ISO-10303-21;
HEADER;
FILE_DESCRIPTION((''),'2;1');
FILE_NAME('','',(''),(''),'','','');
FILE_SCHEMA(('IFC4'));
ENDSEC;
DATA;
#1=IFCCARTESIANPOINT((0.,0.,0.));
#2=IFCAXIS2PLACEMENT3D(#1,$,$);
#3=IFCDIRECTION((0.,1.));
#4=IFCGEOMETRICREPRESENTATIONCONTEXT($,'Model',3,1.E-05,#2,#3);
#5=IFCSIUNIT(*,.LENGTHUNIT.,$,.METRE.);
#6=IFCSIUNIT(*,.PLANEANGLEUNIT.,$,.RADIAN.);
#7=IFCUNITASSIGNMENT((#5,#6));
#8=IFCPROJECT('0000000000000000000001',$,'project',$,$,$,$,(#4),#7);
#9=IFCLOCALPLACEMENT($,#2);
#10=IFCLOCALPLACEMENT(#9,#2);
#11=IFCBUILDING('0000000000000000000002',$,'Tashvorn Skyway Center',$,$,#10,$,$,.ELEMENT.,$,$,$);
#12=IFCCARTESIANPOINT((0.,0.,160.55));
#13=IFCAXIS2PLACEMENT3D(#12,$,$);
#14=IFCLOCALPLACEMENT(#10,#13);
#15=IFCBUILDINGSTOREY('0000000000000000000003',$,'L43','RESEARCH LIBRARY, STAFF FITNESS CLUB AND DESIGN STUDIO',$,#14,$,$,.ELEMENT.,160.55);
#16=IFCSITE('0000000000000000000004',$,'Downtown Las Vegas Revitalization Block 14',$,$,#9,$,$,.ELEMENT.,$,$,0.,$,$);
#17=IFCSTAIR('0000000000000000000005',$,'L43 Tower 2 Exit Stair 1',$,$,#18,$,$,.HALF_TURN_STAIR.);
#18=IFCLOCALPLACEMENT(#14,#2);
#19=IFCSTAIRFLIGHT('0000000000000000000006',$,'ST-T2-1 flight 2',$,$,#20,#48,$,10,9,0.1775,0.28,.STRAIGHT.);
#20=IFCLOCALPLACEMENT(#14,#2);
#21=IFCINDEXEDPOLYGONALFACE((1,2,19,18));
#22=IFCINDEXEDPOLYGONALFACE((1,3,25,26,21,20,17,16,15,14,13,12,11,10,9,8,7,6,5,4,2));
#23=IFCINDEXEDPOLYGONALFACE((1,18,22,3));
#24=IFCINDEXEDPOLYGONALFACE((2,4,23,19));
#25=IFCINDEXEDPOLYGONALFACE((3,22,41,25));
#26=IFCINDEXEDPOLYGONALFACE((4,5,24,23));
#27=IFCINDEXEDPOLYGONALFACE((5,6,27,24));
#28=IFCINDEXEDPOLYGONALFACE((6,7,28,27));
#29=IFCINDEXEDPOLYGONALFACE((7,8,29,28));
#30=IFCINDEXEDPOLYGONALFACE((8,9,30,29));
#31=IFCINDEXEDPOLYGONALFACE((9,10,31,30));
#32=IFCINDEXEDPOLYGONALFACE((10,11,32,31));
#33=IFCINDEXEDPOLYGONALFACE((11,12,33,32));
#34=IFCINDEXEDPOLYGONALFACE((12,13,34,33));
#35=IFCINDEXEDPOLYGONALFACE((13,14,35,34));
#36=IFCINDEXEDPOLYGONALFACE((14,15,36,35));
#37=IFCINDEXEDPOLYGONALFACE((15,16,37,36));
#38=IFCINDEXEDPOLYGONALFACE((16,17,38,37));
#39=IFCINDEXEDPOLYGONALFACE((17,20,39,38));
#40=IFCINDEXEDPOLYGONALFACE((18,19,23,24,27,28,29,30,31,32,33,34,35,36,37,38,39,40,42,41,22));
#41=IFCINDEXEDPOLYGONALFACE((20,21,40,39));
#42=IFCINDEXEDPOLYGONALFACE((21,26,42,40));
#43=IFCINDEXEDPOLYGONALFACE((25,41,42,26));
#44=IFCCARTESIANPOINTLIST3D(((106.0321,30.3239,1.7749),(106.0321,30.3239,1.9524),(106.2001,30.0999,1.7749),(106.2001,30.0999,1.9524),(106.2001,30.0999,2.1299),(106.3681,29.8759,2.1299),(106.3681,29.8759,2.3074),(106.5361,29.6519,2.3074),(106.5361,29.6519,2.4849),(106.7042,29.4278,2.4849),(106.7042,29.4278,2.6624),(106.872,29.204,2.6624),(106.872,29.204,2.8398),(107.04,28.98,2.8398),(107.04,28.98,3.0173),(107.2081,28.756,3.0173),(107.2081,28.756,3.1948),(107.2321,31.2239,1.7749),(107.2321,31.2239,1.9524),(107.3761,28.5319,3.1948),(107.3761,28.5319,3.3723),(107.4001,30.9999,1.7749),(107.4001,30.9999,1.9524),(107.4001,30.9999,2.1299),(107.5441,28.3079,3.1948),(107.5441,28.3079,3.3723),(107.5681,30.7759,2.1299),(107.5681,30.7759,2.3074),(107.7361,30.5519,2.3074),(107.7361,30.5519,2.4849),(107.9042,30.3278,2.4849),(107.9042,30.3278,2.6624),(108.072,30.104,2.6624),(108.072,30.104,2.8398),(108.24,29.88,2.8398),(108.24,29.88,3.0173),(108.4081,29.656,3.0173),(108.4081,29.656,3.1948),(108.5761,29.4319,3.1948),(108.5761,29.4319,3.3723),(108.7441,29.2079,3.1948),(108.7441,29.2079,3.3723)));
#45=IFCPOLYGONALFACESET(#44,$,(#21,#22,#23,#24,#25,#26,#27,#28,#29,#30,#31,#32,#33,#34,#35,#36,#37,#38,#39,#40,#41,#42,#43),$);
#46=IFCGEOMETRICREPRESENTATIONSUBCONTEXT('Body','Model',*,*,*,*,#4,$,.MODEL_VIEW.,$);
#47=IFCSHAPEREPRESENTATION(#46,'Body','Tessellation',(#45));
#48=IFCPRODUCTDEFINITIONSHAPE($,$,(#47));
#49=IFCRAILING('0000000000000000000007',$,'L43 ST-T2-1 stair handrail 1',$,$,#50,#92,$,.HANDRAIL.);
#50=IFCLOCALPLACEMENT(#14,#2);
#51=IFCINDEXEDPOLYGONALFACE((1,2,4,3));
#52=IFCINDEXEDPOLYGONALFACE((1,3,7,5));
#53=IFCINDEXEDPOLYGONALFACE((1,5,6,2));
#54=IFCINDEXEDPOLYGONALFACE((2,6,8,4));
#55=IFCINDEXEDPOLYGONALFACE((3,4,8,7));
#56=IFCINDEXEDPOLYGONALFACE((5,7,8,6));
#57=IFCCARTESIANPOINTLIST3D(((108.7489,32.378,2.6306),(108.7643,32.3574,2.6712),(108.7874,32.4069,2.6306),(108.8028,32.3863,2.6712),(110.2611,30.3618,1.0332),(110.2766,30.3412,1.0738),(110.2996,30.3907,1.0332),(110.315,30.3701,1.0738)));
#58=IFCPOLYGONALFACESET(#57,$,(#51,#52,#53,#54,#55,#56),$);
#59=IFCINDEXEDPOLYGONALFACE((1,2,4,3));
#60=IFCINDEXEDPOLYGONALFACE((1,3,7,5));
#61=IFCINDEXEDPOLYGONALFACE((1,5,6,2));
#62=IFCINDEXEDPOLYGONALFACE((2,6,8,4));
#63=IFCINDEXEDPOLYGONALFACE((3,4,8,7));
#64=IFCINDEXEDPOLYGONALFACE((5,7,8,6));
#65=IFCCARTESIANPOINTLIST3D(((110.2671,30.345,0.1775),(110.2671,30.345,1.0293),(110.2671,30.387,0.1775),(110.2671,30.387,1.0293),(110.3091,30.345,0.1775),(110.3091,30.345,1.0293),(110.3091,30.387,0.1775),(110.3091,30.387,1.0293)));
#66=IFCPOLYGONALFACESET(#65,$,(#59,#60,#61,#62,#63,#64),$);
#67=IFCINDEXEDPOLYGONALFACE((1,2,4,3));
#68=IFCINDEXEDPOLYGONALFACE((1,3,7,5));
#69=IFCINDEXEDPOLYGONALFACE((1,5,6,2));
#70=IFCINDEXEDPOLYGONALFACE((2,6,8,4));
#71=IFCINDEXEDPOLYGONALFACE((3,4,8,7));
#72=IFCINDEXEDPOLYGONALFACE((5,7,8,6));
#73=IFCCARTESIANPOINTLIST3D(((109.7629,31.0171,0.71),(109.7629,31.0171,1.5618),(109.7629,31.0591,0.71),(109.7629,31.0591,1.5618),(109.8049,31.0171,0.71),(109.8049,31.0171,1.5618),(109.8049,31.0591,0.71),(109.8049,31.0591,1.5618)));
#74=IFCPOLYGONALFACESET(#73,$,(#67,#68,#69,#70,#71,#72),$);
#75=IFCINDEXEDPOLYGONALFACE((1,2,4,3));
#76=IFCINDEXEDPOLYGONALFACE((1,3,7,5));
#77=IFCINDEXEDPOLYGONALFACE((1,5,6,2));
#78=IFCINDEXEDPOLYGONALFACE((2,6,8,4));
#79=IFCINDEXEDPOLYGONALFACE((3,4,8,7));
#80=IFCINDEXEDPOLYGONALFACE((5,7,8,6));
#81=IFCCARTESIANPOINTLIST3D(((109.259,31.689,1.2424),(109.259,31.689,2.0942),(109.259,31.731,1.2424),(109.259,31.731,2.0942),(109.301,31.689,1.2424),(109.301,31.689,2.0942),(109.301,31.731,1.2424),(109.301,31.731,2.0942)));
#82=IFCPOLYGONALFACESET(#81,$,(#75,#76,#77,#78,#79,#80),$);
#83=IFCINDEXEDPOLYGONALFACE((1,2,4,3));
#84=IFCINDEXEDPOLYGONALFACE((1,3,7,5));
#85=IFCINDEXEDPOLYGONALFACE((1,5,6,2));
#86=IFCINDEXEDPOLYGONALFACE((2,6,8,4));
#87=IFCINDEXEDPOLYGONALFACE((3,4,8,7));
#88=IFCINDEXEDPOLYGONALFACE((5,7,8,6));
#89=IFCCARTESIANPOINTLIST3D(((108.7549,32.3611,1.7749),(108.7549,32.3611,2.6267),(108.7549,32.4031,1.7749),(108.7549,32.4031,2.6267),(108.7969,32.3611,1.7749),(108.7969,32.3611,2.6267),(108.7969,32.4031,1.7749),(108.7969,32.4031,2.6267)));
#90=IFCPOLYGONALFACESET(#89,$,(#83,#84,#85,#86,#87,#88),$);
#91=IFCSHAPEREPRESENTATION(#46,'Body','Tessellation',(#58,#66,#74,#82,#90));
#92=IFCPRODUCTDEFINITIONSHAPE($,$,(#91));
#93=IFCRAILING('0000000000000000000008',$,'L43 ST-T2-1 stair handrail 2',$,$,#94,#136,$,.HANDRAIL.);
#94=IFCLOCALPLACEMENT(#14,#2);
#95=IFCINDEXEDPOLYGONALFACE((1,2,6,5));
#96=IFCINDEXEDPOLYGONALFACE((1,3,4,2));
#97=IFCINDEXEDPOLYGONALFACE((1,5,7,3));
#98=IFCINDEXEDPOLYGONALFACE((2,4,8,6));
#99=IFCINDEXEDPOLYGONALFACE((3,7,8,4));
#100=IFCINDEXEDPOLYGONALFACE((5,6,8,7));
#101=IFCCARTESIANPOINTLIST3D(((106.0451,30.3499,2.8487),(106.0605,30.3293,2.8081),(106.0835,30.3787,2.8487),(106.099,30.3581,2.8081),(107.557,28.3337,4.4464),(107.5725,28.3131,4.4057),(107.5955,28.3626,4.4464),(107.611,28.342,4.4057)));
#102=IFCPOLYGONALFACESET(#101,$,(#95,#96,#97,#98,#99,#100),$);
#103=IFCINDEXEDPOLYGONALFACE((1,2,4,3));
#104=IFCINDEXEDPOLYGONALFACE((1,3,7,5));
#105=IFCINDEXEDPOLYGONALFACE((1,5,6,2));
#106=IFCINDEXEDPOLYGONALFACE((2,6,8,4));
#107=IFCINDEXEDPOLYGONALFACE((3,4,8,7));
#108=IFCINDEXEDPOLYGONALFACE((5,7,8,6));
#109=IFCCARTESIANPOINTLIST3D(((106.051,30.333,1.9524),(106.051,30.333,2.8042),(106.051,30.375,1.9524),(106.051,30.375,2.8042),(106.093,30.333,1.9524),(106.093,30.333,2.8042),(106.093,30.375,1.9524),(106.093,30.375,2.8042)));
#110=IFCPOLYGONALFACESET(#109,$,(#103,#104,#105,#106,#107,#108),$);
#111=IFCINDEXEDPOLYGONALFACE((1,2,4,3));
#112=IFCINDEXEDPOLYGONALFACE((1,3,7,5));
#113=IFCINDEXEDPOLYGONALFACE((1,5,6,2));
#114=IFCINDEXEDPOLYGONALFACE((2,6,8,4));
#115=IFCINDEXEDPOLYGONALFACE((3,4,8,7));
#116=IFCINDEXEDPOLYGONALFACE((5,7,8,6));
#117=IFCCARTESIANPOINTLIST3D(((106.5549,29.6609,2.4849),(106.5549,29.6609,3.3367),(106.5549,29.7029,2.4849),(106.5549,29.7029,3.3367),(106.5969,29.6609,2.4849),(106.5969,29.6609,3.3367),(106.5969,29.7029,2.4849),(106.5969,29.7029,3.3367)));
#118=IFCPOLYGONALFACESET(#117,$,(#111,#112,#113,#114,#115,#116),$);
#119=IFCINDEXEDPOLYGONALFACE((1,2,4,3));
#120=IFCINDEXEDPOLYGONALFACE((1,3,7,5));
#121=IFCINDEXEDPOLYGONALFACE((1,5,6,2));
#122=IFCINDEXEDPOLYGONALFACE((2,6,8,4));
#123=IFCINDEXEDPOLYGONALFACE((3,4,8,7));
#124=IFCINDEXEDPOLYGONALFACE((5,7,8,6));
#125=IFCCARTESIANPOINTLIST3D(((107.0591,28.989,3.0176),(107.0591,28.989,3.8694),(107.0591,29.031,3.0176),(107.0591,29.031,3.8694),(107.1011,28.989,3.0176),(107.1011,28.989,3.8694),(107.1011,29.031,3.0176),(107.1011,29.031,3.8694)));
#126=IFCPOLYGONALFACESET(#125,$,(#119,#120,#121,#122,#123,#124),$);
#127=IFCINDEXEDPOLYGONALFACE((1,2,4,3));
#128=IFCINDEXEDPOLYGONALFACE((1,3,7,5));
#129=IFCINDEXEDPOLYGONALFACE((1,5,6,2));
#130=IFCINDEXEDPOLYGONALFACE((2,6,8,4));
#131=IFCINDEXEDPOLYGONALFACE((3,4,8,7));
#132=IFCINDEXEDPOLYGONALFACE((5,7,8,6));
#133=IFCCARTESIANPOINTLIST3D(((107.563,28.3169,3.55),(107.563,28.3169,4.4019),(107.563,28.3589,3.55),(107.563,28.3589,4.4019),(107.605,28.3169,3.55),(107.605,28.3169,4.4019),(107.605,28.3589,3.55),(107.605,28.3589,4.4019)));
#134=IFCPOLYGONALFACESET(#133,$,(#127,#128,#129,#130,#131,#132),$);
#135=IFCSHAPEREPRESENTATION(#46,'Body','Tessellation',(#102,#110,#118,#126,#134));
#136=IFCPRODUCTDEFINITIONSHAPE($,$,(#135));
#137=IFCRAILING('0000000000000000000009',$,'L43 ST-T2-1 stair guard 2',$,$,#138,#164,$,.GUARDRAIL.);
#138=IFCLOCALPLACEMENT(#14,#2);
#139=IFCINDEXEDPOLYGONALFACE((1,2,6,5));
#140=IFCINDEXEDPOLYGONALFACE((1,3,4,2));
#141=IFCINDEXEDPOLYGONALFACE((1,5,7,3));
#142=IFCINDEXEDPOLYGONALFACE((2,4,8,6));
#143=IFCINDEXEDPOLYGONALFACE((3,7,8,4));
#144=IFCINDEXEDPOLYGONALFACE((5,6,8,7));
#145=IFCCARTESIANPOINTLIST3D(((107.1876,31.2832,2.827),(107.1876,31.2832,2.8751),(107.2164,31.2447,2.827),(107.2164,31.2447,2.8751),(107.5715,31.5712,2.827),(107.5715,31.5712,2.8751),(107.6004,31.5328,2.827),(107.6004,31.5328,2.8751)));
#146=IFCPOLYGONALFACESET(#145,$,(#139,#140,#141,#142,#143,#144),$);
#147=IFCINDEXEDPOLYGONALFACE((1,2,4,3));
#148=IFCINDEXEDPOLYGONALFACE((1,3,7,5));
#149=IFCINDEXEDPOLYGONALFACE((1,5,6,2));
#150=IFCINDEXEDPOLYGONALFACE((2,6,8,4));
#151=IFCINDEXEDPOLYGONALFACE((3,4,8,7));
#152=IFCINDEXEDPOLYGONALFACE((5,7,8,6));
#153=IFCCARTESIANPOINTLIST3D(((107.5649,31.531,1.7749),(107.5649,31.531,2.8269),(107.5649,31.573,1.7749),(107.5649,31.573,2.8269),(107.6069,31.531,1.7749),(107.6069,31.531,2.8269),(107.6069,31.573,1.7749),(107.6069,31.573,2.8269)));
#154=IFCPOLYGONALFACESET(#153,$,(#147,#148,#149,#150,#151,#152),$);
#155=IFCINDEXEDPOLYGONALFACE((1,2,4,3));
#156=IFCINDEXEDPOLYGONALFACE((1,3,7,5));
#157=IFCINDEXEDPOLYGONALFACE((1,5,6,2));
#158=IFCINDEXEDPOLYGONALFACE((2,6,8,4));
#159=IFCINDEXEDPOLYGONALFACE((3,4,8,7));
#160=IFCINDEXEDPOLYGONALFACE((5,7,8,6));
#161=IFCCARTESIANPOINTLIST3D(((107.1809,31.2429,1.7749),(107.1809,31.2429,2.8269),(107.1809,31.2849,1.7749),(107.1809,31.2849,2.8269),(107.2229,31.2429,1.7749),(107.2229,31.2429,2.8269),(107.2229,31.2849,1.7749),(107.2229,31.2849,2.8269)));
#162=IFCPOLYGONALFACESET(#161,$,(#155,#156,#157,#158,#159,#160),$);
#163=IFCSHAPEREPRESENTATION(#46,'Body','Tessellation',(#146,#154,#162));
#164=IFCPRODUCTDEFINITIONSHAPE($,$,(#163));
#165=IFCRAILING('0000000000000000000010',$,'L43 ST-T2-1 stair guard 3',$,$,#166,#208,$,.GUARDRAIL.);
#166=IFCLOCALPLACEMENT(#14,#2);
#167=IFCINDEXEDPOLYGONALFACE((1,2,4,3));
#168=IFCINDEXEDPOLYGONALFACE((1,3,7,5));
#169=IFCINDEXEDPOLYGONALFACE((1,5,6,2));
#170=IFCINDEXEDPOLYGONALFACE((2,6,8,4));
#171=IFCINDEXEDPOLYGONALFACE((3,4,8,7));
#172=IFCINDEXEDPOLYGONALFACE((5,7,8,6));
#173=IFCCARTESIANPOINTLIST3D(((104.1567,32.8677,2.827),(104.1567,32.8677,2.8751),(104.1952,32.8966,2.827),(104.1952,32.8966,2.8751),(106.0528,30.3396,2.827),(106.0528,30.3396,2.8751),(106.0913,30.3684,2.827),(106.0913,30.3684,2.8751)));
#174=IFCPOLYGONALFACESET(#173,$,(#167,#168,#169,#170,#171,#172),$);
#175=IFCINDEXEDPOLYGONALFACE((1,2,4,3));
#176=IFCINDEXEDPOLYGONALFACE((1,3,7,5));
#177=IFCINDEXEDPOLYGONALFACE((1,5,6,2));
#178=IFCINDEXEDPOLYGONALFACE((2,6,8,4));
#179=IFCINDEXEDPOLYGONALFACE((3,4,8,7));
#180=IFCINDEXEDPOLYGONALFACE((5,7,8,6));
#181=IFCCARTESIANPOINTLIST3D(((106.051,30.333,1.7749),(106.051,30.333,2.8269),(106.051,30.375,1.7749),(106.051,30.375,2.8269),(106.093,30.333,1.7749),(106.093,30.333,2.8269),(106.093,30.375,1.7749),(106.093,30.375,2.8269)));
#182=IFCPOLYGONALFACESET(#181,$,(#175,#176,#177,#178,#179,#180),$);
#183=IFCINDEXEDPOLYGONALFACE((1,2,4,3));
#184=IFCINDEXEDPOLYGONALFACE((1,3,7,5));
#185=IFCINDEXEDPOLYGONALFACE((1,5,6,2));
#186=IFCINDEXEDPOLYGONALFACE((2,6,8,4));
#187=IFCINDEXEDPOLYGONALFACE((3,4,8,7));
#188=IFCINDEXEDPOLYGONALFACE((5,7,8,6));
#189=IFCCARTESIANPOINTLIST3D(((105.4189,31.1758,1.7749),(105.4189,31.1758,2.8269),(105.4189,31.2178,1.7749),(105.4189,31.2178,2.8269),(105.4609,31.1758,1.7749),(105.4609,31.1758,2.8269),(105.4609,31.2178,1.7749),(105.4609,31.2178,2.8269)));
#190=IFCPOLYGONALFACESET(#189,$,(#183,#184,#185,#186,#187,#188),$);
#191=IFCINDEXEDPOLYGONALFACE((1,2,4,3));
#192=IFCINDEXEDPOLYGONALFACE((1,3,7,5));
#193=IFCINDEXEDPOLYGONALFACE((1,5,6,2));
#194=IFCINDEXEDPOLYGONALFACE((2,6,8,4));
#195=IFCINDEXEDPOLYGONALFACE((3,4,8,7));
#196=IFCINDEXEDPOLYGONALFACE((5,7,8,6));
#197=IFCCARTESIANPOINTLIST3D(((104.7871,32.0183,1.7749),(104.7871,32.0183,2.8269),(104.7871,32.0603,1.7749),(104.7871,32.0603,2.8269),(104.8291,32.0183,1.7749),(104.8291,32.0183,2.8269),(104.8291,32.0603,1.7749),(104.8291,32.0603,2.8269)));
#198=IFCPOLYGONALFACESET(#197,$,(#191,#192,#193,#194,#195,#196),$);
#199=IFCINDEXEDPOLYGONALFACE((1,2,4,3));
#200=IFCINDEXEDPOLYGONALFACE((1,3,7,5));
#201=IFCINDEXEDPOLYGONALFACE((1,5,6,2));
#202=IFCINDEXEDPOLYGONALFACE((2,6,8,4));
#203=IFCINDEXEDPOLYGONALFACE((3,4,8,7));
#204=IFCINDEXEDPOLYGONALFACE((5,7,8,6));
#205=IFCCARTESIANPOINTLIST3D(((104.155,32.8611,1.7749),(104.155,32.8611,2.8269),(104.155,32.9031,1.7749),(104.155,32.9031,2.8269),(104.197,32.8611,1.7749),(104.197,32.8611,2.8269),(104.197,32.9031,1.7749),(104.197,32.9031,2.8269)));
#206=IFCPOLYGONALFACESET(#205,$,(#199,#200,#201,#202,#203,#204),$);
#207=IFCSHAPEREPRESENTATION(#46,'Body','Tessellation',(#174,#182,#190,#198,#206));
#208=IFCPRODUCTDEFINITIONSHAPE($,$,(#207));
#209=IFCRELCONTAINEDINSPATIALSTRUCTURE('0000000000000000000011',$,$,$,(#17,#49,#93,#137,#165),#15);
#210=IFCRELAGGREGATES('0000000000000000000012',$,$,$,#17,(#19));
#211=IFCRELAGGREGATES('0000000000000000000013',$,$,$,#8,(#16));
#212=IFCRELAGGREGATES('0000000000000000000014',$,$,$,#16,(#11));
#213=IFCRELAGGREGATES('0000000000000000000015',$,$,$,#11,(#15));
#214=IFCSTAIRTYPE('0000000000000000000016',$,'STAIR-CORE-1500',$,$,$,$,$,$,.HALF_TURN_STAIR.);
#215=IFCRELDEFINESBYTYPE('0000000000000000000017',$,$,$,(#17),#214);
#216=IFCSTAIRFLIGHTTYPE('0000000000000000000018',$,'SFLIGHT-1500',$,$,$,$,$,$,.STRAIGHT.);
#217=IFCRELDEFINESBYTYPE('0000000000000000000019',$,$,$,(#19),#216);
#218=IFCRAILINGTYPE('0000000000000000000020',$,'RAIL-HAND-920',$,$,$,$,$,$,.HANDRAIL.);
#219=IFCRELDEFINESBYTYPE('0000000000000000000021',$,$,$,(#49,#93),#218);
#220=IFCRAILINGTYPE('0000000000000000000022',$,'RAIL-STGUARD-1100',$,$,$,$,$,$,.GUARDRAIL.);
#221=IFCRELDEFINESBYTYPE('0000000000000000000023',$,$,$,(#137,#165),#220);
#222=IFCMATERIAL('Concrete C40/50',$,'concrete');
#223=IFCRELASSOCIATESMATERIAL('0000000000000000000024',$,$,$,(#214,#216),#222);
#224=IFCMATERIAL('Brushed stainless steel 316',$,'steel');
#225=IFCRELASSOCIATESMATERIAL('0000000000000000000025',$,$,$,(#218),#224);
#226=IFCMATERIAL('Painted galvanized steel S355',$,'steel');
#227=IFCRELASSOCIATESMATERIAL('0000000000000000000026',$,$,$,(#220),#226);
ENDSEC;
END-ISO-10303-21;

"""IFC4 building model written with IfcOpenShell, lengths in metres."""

from ifc_helpers import new_model, si_unit, direction, frame, origin, origin_2d, place, context, subcontext, project, spatial, polyline, rectangle, outline, extrude, material, type_object, element, aggregate, save


model = new_model("IFC4")

# Units and contexts
model_context = context("Model", 3, precision=1e-05, world=origin(), true_north=direction((0.0, 1.0)))
body_context = subcontext(model_context, "Body", "Model", "MODEL_VIEW")
ifc_project = project(units=[si_unit("LENGTHUNIT", "METRE"), si_unit("PLANEANGLEUNIT", "RADIAN")], contexts=[model_context])

# Site, building, storey
site_placement = place(None, origin())
site = spatial("IfcSite", under=ifc_project, at=site_placement, Name="Downtown Las Vegas Revitalization Block 14", CompositionType="ELEMENT", RefElevation=0.0)
building_placement = place(site_placement, origin())
building = spatial("IfcBuilding", under=site, at=building_placement, Name="Tashvorn Skyway Center", CompositionType="ELEMENT")
storey_placement = place(building_placement, frame((0.0, 0.0, 160.55)))
storey = spatial("IfcBuildingStorey", under=building, at=storey_placement, Name="L43", Description="RESEARCH LIBRARY, STAFF FITNESS CLUB AND DESIGN STUDIO", CompositionType="ELEMENT", Elevation=160.55)

# Shared definitions
ifc_material_1 = material(Name="Concrete C40/50", Category="concrete")

# Stair, stair flight
stair_type = type_object("IfcStairType", Name="STAIR-CORE-1500", PredefinedType="HALF_TURN_STAIR", material=ifc_material_1)
stair_placement = place(storey_placement, origin())
stair = element("IfcStair", 1, at=stair_placement, inside=storey, type_object=stair_type, Name="L43 Tower 2 Exit Stair 1", PredefinedType="HALF_TURN_STAIR")
stair_flight_type = type_object("IfcStairFlightType", Name="SFLIGHT-1500", PredefinedType="STRAIGHT", material=ifc_material_1)
stair_flight_1_placement = place(storey_placement, frame((106.6321, 30.7739, 1.7749), z_axis=(0.0, 0.0, 1.0), x_axis=(0.6, -0.8, 0.0)))
stair_flight_1 = element("IfcStairFlight", 2, at=stair_flight_1_placement, type_object=stair_flight_type, Name="ST-T2-1 flight 2", NumberOfRisers=10, NumberOfTreads=9, PredefinedType="STRAIGHT", RiserHeight=0.1775, TreadLength=0.28, context=body_context, shape_type="SweptSolid", body=[
    extrude(outline(polyline([(0.0, 0.0), (0.0, 0.1775), (0.28, 0.1775), (0.28, 0.355), (0.5601, 0.355), (0.5601, 0.5325), (0.8401, 0.5325), (0.8401, 0.71), (1.1201, 0.71), (1.1201, 0.8875), (1.3999, 0.8875), (1.3999, 1.0649), (1.6799, 1.0649), (1.6799, 1.2424), (1.96, 1.2424), (1.96, 1.4199), (2.24, 1.4199), (2.24, 1.5974), (2.52, 1.5974), (2.52, 1.7749), (2.52, 1.4199), (0.28, 0.0), (0.0, 0.0)])), frame((0.0, 0.75, 0.0), z_axis=(0.0, -1.0, 0.0), x_axis=(1.0, 0.0, 0.0)), (0.0, 0.0, 1.0), 1.5),
])
aggregate(stair, [stair_flight_1])

# Railings
ifc_material_2 = material(Name="Brushed stainless steel 316", Category="steel")
railing_type_1 = type_object("IfcRailingType", Name="RAIL-HAND-920", PredefinedType="HANDRAIL", material=ifc_material_2)
railing_1_placement = place(storey_placement, frame((110.2881, 30.366, 0.1775)))
element("IfcRailing", 3, at=railing_1_placement, inside=storey, type_object=railing_type_1, Name="L43 ST-T2-1 stair handrail 1", PredefinedType="HANDRAIL", context=body_context, shape_type="SweptSolid", body=[
    extrude(rectangle(XDim=0.0481, YDim=0.0481, at=origin_2d()), frame((0.0, 0.0, 0.876), z_axis=(-0.506802, 0.675681, 0.535357), x_axis=(-0.799977, -0.600031, 0.0)), (0.0, 0.0, 1.0), 2.9839),
    extrude(rectangle(XDim=0.042, YDim=0.042, at=origin_2d()), origin(), (0.0, 0.0, 1.0), 0.8518),
    extrude(rectangle(XDim=0.042, YDim=0.042, at=origin_2d()), frame((-0.5042, 0.6721, 0.5325)), (0.0, 0.0, 1.0), 0.8518),
    extrude(rectangle(XDim=0.042, YDim=0.042, at=origin_2d()), frame((-1.0081, 1.344, 1.0649)), (0.0, 0.0, 1.0), 0.8518),
    extrude(rectangle(XDim=0.042, YDim=0.042, at=origin_2d()), frame((-1.5122, 2.0161, 1.5974)), (0.0, 0.0, 1.0), 0.8518),
])
railing_2_placement = place(storey_placement, frame((106.072, 30.354, 1.9524)))
element("IfcRailing", 4, at=railing_2_placement, inside=storey, type_object=railing_type_1, Name="L43 ST-T2-1 stair handrail 2", PredefinedType="HANDRAIL", context=body_context, shape_type="SweptSolid", body=[
    extrude(rectangle(XDim=0.0481, YDim=0.0481, at=origin_2d()), frame((0.0, 0.0, 0.876), z_axis=(0.506719, -0.675679, 0.535438), x_axis=(0.800023, 0.599969, 0.0)), (0.0, 0.0, 1.0), 2.9839),
    extrude(rectangle(XDim=0.042, YDim=0.042, at=origin_2d()), origin(), (0.0, 0.0, 1.0), 0.8518),
    extrude(rectangle(XDim=0.042, YDim=0.042, at=origin_2d()), frame((0.5039, -0.6721, 0.5325)), (0.0, 0.0, 1.0), 0.8518),
    extrude(rectangle(XDim=0.042, YDim=0.042, at=origin_2d()), frame((1.0081, -1.344, 1.0652)), (0.0, 0.0, 1.0), 0.8518),
    extrude(rectangle(XDim=0.042, YDim=0.042, at=origin_2d()), frame((1.512, -2.0161, 1.5977)), (0.0, 0.0, 1.0), 0.8518),
])
ifc_material_3 = material(Name="Painted galvanized steel S355", Category="steel")
railing_type_2 = type_object("IfcRailingType", Name="RAIL-STGUARD-1100", PredefinedType="GUARDRAIL", material=ifc_material_3)
railing_3_placement = place(storey_placement, frame((107.5859, 31.552, 1.7749)))
element("IfcRailing", 5, at=railing_3_placement, inside=storey, type_object=railing_type_2, Name="L43 ST-T2-1 stair guard 2", PredefinedType="GUARDRAIL", context=body_context, shape_type="SweptSolid", body=[
    extrude(rectangle(XDim=0.0481, YDim=0.0481, at=origin_2d()), frame((0.0, 0.0, 1.0762), z_axis=(-0.799939, -0.600081, 0.0), x_axis=(0.600081, -0.799939, 0.0)), (0.0, 0.0, 1.0), 0.48),
    extrude(rectangle(XDim=0.042, YDim=0.042, at=origin_2d()), origin(), (0.0, 0.0, 1.0), 1.052),
    extrude(rectangle(XDim=0.042, YDim=0.042, at=origin_2d()), frame((-0.384, -0.2881, 0.0)), (0.0, 0.0, 1.0), 1.052),
])
railing_4_placement = place(storey_placement, frame((106.072, 30.354, 1.7749)))
element("IfcRailing", 6, at=railing_4_placement, inside=storey, type_object=railing_type_2, Name="L43 ST-T2-1 stair guard 3", PredefinedType="GUARDRAIL", context=body_context, shape_type="SweptSolid", body=[
    extrude(rectangle(XDim=0.0481, YDim=0.0481, at=origin_2d()), frame((0.0, 0.0, 1.0762), z_axis=(-0.599988, 0.800009, 0.0), x_axis=(-0.800009, -0.599988, 0.0)), (0.0, 0.0, 1.0), 3.1602),
    extrude(rectangle(XDim=0.042, YDim=0.042, at=origin_2d()), origin(), (0.0, 0.0, 1.0), 1.052),
    extrude(rectangle(XDim=0.042, YDim=0.042, at=origin_2d()), frame((-0.6321, 0.8428, 0.0)), (0.0, 0.0, 1.0), 1.052),
    extrude(rectangle(XDim=0.042, YDim=0.042, at=origin_2d()), frame((-1.2639, 1.6853, 0.0)), (0.0, 0.0, 1.0), 1.052),
    extrude(rectangle(XDim=0.042, YDim=0.042, at=origin_2d()), frame((-1.896, 2.5281, 0.0)), (0.0, 0.0, 1.0), 1.052),
])

save(model, "model.ifc")
